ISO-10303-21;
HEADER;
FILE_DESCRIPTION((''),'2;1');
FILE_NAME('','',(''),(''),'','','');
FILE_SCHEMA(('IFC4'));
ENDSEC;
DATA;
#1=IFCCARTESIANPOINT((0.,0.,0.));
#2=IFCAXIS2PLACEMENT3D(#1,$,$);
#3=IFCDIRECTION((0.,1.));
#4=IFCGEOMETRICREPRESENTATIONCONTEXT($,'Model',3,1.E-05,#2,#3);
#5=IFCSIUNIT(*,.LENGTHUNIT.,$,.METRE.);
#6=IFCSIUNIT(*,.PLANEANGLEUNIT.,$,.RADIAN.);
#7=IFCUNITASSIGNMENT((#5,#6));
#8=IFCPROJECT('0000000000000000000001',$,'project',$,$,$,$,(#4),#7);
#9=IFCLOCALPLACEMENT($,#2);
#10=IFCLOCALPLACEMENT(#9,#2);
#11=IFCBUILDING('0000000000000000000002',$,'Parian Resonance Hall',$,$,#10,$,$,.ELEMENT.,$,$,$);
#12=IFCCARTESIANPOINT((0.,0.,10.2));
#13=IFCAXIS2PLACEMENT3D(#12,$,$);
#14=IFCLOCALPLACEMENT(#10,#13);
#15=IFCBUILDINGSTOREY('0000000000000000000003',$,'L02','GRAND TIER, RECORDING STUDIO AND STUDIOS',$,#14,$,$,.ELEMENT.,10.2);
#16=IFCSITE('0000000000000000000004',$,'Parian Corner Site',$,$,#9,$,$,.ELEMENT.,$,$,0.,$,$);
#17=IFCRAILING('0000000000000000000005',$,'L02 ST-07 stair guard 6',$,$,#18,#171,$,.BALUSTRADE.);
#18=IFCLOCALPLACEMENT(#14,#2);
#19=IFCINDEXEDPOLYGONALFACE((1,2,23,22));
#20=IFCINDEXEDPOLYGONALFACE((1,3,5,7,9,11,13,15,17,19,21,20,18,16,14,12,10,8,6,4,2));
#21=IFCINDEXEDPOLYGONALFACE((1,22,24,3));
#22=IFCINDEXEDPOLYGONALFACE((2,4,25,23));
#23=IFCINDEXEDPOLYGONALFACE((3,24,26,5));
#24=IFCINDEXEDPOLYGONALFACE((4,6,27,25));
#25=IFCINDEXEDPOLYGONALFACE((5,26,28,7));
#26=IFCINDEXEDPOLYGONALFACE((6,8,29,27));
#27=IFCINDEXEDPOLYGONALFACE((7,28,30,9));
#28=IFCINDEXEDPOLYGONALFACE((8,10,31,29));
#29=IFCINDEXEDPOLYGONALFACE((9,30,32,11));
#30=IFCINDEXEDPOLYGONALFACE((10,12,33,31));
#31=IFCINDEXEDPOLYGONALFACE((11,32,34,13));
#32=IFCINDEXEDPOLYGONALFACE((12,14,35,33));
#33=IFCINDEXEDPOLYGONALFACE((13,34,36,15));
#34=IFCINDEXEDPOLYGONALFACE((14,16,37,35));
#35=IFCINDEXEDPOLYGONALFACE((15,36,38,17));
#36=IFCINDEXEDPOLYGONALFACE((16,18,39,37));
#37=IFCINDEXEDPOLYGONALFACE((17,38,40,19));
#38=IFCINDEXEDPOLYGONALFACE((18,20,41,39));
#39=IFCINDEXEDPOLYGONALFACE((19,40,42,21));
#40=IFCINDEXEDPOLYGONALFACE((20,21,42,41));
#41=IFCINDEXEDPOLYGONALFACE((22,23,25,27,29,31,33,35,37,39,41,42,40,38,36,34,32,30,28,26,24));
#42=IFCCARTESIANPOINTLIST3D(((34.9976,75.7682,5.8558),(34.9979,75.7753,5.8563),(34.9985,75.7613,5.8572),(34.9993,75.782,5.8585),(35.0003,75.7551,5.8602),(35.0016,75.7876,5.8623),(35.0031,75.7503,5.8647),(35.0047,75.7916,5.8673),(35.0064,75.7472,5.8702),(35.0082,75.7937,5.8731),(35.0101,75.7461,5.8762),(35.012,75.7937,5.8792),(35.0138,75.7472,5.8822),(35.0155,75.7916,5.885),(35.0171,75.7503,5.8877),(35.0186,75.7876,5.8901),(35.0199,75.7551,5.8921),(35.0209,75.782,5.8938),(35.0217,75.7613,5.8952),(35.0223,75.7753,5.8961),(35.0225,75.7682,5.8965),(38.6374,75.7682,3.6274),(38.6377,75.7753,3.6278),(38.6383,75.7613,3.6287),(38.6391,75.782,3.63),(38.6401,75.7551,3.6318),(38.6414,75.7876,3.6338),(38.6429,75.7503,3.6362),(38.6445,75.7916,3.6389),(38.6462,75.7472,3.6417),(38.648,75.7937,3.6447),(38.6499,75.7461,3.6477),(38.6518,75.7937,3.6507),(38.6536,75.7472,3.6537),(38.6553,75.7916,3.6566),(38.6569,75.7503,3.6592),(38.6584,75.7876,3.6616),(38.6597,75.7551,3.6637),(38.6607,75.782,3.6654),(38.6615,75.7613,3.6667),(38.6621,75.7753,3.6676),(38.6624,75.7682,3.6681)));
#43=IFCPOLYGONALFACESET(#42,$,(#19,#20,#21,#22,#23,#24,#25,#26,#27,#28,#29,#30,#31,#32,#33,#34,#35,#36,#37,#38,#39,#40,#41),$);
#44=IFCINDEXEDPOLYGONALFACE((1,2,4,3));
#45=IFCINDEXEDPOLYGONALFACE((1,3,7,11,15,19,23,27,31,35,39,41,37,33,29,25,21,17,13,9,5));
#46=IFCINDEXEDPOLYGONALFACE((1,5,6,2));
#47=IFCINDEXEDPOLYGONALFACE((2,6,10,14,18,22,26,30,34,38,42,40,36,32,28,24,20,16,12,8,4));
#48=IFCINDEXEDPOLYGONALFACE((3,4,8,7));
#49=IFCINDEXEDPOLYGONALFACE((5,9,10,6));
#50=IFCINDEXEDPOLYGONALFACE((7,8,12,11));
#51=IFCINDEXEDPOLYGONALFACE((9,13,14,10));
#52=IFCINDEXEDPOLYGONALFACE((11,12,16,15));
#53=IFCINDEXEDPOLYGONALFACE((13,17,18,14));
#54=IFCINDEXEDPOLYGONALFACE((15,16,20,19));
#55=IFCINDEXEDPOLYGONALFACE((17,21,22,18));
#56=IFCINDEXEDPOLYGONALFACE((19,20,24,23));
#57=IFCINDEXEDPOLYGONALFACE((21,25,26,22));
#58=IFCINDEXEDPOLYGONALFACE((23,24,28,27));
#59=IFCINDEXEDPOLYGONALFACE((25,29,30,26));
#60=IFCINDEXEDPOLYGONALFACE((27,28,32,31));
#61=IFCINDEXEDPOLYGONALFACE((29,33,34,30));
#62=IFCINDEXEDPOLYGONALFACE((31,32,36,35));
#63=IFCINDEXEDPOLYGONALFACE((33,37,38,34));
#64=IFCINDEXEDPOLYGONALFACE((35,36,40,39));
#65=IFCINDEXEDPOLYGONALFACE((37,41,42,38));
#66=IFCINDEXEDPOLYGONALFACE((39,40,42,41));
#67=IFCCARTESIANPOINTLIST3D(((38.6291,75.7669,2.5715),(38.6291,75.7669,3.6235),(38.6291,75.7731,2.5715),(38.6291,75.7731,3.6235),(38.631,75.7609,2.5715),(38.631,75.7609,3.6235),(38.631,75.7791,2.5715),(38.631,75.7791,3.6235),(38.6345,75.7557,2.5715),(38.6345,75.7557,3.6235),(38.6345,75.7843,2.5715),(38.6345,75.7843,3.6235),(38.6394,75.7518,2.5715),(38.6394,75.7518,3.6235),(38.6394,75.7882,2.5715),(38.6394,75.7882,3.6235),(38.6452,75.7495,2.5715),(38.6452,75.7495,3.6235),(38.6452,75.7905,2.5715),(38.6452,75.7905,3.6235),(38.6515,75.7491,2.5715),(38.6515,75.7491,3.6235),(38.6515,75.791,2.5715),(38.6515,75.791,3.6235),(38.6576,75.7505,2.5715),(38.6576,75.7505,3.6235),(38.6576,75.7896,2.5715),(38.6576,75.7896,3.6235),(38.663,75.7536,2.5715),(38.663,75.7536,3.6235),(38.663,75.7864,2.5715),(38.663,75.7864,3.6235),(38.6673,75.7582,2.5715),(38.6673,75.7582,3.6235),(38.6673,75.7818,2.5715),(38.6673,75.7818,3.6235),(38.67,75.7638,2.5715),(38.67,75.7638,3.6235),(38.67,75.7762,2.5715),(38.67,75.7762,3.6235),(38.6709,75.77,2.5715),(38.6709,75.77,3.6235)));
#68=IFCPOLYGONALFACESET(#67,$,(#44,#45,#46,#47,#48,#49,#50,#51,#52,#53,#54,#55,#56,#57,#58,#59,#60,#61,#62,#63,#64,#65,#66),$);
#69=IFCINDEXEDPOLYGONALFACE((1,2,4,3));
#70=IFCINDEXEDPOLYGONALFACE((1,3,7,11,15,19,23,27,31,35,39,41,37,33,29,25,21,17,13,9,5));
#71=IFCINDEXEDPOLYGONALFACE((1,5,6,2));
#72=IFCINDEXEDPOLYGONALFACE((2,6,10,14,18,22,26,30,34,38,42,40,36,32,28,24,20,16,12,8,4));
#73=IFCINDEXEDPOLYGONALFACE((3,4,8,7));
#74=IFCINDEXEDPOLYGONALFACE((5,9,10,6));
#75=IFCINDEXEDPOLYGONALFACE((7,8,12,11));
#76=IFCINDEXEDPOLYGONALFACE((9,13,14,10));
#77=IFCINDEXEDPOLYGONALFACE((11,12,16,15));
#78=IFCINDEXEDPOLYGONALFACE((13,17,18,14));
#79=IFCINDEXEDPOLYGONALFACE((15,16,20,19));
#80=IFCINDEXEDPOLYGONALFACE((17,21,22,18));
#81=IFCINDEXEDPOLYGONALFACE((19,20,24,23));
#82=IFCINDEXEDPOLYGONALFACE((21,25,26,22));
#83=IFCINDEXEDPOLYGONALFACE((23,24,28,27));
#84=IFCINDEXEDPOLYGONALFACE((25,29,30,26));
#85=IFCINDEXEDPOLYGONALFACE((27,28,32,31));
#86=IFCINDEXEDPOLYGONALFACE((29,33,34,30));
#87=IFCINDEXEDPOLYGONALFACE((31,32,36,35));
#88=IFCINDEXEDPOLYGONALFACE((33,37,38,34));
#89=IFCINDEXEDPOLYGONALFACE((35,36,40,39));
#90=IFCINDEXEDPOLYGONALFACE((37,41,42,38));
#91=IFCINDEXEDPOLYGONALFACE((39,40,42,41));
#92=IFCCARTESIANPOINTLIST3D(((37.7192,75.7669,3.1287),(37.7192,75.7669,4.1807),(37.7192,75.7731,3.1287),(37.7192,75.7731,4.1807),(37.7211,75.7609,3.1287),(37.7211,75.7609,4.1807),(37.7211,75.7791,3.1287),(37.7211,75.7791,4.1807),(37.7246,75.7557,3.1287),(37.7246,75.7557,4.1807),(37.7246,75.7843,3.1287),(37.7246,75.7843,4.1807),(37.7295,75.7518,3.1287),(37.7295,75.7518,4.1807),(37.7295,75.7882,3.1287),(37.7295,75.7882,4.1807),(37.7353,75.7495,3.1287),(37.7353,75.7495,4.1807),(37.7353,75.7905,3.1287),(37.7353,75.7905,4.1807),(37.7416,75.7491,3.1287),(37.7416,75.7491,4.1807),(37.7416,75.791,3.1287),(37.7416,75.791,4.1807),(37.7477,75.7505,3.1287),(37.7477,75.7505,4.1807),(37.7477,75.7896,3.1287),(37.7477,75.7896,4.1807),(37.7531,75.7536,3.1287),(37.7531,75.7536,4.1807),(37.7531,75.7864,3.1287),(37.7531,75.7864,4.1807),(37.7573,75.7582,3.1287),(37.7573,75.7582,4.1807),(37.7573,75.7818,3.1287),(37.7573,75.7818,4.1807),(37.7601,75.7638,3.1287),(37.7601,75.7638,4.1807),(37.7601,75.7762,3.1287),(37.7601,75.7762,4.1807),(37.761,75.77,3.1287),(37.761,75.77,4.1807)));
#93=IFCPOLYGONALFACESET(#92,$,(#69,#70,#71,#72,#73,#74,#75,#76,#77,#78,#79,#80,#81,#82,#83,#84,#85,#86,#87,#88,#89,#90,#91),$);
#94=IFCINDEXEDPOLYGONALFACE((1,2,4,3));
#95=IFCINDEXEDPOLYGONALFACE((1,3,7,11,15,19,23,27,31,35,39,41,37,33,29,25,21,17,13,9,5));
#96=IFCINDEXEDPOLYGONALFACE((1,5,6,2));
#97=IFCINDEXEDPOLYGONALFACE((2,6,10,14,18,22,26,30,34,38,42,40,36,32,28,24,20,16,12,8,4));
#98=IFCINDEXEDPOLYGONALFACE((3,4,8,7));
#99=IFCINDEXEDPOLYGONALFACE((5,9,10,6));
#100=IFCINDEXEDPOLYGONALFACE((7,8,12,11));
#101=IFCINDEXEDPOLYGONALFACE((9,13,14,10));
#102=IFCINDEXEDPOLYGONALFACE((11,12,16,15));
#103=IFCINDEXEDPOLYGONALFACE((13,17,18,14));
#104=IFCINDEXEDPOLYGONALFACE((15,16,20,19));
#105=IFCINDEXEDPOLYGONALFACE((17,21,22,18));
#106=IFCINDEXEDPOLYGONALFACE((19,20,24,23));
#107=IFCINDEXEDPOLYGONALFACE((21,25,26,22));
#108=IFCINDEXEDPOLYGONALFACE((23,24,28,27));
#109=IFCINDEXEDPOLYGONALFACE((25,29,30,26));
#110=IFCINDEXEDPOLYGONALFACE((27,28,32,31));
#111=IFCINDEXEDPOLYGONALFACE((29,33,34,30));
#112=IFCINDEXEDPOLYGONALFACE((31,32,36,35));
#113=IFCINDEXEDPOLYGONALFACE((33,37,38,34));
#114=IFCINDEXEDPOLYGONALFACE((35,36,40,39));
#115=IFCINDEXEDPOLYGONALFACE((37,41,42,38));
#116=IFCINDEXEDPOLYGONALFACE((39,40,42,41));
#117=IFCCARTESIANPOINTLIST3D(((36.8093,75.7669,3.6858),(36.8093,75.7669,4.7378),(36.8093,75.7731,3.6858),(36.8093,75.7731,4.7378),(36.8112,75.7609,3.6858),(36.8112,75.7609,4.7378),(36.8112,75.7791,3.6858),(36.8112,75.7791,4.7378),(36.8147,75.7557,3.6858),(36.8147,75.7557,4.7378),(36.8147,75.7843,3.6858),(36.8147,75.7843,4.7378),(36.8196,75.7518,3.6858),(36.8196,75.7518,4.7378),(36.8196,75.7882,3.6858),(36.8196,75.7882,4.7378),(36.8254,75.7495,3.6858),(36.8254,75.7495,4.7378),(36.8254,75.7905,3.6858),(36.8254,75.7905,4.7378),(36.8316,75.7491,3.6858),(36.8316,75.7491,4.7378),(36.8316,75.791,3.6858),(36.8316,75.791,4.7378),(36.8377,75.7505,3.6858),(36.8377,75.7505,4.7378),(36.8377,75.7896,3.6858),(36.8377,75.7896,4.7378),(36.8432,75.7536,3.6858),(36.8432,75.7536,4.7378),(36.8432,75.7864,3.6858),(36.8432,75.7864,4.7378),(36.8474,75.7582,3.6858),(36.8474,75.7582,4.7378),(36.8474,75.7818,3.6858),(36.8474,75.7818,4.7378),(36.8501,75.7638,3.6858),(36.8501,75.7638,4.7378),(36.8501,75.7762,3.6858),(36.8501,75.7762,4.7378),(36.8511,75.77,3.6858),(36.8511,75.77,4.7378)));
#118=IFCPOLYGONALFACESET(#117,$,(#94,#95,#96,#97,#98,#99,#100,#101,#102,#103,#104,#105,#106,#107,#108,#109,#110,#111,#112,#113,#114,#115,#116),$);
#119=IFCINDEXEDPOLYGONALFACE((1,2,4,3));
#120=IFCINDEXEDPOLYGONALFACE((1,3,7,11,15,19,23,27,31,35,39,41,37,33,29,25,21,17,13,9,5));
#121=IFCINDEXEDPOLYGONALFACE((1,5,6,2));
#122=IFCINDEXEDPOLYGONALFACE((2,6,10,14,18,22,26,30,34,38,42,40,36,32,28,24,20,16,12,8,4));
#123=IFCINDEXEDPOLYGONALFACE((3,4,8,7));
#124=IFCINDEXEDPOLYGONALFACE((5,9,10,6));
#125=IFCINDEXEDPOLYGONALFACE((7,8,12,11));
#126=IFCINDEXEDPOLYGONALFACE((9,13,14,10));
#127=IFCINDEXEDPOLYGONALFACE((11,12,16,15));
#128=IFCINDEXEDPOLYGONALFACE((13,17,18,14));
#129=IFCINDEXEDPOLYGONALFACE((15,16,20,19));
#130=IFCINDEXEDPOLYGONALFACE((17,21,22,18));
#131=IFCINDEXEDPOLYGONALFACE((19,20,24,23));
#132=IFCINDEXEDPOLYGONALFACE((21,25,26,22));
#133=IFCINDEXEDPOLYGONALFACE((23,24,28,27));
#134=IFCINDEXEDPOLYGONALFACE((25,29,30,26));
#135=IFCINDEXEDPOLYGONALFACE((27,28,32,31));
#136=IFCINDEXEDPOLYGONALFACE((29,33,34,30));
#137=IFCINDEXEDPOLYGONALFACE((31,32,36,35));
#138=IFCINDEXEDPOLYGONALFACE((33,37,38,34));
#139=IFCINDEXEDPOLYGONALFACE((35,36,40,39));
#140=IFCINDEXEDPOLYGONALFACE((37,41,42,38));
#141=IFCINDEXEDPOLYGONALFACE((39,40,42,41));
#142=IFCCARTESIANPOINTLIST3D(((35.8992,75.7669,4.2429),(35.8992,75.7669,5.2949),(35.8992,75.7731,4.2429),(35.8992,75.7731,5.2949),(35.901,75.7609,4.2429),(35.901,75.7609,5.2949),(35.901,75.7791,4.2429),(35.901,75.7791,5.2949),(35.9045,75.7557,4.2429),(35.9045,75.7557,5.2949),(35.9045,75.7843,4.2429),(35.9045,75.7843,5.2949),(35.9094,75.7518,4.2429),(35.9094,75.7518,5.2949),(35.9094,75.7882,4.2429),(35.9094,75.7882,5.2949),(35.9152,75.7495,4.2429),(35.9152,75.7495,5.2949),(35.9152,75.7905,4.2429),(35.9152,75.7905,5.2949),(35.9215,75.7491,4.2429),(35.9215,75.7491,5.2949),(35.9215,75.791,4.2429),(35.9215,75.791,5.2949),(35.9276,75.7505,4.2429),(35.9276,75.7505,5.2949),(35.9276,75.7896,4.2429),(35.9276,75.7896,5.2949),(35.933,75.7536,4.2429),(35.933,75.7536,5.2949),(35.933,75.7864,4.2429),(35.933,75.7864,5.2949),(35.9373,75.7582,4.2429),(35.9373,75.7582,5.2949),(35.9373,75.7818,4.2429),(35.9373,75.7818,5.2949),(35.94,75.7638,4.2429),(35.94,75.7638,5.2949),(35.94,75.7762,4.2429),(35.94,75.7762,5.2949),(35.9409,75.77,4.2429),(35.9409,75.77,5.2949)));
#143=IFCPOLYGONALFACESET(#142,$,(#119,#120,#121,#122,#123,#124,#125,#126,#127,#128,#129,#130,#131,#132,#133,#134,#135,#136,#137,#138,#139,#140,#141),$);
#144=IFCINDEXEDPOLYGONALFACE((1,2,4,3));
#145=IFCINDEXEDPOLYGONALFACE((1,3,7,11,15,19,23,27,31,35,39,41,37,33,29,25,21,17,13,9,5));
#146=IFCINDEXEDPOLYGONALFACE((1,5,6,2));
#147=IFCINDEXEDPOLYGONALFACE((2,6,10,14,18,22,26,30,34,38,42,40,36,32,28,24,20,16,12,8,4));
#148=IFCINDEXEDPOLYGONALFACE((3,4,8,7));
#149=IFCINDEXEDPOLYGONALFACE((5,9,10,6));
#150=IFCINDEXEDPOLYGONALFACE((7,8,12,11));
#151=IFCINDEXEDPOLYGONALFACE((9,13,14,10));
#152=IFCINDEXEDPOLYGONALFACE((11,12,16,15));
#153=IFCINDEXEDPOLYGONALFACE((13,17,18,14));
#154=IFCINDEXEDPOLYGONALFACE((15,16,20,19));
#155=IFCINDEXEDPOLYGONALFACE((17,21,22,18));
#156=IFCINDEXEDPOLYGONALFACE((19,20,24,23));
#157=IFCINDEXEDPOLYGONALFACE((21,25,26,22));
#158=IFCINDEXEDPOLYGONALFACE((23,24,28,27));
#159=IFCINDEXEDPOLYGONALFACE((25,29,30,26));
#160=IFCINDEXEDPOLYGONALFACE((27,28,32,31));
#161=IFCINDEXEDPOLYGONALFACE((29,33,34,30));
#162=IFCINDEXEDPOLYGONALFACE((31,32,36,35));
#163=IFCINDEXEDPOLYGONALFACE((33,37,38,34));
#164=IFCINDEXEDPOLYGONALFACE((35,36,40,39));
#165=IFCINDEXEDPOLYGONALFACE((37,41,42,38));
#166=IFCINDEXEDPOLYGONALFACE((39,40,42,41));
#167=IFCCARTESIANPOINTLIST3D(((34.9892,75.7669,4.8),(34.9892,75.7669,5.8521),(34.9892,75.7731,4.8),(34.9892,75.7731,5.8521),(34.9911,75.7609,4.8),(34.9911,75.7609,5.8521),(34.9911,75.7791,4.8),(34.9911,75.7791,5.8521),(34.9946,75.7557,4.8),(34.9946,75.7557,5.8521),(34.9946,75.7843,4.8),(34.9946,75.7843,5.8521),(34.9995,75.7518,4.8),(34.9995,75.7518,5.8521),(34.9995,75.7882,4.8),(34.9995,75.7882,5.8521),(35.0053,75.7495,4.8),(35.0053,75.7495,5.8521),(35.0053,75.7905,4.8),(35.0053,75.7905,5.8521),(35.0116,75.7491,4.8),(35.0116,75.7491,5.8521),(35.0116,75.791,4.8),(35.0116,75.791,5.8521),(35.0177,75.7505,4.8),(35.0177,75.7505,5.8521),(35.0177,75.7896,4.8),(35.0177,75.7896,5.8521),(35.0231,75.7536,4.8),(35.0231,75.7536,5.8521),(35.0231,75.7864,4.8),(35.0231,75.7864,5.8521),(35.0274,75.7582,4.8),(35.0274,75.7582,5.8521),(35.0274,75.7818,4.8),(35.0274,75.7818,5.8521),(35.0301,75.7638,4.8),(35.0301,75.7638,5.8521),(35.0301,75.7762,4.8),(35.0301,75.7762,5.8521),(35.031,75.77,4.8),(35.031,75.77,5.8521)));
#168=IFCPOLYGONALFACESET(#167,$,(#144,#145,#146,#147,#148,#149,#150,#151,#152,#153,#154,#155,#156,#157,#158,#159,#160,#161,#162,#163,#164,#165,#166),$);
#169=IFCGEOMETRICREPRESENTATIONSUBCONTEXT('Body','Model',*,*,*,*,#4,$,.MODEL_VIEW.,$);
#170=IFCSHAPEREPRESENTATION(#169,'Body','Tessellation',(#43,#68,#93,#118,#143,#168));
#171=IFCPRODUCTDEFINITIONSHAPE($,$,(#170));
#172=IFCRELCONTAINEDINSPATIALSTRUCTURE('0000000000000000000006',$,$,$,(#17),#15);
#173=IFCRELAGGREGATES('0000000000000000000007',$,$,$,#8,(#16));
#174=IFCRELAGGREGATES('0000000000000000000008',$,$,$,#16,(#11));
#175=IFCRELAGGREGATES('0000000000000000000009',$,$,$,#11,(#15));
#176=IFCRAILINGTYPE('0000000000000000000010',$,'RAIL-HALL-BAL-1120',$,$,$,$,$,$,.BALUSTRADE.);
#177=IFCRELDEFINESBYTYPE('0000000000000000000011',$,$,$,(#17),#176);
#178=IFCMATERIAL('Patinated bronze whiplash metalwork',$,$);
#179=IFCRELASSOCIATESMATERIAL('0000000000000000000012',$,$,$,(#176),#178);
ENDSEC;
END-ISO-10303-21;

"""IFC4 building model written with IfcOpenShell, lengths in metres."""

from ifc_helpers import new_model, si_unit, direction, frame, origin, origin_2d, place, context, subcontext, project, spatial, circle, extrude, material, type_object, element, save


model = new_model("IFC4")

# Units and contexts
model_context = context("Model", 3, precision=1e-05, world=origin(), true_north=direction((0.0, 1.0)))
body_context = subcontext(model_context, "Body", "Model", "MODEL_VIEW")
ifc_project = project(units=[si_unit("LENGTHUNIT", "METRE"), si_unit("PLANEANGLEUNIT", "RADIAN")], contexts=[model_context])

# Site, building, storey
site_placement = place(None, origin())
site = spatial("IfcSite", under=ifc_project, at=site_placement, Name="Parian Corner Site", CompositionType="ELEMENT", RefElevation=0.0)
building_placement = place(site_placement, origin())
building = spatial("IfcBuilding", under=site, at=building_placement, Name="Parian Resonance Hall", CompositionType="ELEMENT")
storey_placement = place(building_placement, frame((0.0, 0.0, 10.2)))
storey = spatial("IfcBuildingStorey", under=building, at=storey_placement, Name="L02", Description="GRAND TIER, RECORDING STUDIO AND STUDIOS", CompositionType="ELEMENT", Elevation=10.2)

# Railing
ifc_material_1 = material(Name="Patinated bronze whiplash metalwork")
railing_type_1 = type_object("IfcRailingType", Name="RAIL-HALL-BAL-1120", PredefinedType="BALUSTRADE", material=ifc_material_1)
railing_1_placement = place(storey_placement, frame((38.6499, 75.77, 2.5715)))
element("IfcRailing", 1, at=railing_1_placement, inside=storey, type_object=railing_type_1, Name="L02 ST-07 stair guard 6", PredefinedType="BALUSTRADE", context=body_context, shape_type="SweptSolid", body=[
    extrude(circle(Radius=0.0239, at=origin_2d()), frame((0.0, 0.0, 1.0762), z_axis=(-0.85285, 0.0, 0.522156), x_axis=(0.0, -1.0, 0.0)), (0.0, 0.0, 1.0), 4.2678),
    extrude(circle(Radius=0.021, at=origin_2d()), origin(), (0.0, 0.0, 1.0), 1.052),
    extrude(circle(Radius=0.021, at=origin_2d()), frame((-0.9099, 0.0, 0.5571)), (0.0, 0.0, 1.0), 1.052),
    extrude(circle(Radius=0.021, at=origin_2d()), frame((-1.8198, 0.0, 1.1143)), (0.0, 0.0, 1.0), 1.052),
    extrude(circle(Radius=0.021, at=origin_2d()), frame((-2.73, 0.0, 1.6714)), (0.0, 0.0, 1.0), 1.052),
    extrude(circle(Radius=0.021, at=origin_2d()), frame((-3.6399, 0.0, 2.2285)), (0.0, 0.0, 1.0), 1.052),
])

save(model, "model.ifc")
